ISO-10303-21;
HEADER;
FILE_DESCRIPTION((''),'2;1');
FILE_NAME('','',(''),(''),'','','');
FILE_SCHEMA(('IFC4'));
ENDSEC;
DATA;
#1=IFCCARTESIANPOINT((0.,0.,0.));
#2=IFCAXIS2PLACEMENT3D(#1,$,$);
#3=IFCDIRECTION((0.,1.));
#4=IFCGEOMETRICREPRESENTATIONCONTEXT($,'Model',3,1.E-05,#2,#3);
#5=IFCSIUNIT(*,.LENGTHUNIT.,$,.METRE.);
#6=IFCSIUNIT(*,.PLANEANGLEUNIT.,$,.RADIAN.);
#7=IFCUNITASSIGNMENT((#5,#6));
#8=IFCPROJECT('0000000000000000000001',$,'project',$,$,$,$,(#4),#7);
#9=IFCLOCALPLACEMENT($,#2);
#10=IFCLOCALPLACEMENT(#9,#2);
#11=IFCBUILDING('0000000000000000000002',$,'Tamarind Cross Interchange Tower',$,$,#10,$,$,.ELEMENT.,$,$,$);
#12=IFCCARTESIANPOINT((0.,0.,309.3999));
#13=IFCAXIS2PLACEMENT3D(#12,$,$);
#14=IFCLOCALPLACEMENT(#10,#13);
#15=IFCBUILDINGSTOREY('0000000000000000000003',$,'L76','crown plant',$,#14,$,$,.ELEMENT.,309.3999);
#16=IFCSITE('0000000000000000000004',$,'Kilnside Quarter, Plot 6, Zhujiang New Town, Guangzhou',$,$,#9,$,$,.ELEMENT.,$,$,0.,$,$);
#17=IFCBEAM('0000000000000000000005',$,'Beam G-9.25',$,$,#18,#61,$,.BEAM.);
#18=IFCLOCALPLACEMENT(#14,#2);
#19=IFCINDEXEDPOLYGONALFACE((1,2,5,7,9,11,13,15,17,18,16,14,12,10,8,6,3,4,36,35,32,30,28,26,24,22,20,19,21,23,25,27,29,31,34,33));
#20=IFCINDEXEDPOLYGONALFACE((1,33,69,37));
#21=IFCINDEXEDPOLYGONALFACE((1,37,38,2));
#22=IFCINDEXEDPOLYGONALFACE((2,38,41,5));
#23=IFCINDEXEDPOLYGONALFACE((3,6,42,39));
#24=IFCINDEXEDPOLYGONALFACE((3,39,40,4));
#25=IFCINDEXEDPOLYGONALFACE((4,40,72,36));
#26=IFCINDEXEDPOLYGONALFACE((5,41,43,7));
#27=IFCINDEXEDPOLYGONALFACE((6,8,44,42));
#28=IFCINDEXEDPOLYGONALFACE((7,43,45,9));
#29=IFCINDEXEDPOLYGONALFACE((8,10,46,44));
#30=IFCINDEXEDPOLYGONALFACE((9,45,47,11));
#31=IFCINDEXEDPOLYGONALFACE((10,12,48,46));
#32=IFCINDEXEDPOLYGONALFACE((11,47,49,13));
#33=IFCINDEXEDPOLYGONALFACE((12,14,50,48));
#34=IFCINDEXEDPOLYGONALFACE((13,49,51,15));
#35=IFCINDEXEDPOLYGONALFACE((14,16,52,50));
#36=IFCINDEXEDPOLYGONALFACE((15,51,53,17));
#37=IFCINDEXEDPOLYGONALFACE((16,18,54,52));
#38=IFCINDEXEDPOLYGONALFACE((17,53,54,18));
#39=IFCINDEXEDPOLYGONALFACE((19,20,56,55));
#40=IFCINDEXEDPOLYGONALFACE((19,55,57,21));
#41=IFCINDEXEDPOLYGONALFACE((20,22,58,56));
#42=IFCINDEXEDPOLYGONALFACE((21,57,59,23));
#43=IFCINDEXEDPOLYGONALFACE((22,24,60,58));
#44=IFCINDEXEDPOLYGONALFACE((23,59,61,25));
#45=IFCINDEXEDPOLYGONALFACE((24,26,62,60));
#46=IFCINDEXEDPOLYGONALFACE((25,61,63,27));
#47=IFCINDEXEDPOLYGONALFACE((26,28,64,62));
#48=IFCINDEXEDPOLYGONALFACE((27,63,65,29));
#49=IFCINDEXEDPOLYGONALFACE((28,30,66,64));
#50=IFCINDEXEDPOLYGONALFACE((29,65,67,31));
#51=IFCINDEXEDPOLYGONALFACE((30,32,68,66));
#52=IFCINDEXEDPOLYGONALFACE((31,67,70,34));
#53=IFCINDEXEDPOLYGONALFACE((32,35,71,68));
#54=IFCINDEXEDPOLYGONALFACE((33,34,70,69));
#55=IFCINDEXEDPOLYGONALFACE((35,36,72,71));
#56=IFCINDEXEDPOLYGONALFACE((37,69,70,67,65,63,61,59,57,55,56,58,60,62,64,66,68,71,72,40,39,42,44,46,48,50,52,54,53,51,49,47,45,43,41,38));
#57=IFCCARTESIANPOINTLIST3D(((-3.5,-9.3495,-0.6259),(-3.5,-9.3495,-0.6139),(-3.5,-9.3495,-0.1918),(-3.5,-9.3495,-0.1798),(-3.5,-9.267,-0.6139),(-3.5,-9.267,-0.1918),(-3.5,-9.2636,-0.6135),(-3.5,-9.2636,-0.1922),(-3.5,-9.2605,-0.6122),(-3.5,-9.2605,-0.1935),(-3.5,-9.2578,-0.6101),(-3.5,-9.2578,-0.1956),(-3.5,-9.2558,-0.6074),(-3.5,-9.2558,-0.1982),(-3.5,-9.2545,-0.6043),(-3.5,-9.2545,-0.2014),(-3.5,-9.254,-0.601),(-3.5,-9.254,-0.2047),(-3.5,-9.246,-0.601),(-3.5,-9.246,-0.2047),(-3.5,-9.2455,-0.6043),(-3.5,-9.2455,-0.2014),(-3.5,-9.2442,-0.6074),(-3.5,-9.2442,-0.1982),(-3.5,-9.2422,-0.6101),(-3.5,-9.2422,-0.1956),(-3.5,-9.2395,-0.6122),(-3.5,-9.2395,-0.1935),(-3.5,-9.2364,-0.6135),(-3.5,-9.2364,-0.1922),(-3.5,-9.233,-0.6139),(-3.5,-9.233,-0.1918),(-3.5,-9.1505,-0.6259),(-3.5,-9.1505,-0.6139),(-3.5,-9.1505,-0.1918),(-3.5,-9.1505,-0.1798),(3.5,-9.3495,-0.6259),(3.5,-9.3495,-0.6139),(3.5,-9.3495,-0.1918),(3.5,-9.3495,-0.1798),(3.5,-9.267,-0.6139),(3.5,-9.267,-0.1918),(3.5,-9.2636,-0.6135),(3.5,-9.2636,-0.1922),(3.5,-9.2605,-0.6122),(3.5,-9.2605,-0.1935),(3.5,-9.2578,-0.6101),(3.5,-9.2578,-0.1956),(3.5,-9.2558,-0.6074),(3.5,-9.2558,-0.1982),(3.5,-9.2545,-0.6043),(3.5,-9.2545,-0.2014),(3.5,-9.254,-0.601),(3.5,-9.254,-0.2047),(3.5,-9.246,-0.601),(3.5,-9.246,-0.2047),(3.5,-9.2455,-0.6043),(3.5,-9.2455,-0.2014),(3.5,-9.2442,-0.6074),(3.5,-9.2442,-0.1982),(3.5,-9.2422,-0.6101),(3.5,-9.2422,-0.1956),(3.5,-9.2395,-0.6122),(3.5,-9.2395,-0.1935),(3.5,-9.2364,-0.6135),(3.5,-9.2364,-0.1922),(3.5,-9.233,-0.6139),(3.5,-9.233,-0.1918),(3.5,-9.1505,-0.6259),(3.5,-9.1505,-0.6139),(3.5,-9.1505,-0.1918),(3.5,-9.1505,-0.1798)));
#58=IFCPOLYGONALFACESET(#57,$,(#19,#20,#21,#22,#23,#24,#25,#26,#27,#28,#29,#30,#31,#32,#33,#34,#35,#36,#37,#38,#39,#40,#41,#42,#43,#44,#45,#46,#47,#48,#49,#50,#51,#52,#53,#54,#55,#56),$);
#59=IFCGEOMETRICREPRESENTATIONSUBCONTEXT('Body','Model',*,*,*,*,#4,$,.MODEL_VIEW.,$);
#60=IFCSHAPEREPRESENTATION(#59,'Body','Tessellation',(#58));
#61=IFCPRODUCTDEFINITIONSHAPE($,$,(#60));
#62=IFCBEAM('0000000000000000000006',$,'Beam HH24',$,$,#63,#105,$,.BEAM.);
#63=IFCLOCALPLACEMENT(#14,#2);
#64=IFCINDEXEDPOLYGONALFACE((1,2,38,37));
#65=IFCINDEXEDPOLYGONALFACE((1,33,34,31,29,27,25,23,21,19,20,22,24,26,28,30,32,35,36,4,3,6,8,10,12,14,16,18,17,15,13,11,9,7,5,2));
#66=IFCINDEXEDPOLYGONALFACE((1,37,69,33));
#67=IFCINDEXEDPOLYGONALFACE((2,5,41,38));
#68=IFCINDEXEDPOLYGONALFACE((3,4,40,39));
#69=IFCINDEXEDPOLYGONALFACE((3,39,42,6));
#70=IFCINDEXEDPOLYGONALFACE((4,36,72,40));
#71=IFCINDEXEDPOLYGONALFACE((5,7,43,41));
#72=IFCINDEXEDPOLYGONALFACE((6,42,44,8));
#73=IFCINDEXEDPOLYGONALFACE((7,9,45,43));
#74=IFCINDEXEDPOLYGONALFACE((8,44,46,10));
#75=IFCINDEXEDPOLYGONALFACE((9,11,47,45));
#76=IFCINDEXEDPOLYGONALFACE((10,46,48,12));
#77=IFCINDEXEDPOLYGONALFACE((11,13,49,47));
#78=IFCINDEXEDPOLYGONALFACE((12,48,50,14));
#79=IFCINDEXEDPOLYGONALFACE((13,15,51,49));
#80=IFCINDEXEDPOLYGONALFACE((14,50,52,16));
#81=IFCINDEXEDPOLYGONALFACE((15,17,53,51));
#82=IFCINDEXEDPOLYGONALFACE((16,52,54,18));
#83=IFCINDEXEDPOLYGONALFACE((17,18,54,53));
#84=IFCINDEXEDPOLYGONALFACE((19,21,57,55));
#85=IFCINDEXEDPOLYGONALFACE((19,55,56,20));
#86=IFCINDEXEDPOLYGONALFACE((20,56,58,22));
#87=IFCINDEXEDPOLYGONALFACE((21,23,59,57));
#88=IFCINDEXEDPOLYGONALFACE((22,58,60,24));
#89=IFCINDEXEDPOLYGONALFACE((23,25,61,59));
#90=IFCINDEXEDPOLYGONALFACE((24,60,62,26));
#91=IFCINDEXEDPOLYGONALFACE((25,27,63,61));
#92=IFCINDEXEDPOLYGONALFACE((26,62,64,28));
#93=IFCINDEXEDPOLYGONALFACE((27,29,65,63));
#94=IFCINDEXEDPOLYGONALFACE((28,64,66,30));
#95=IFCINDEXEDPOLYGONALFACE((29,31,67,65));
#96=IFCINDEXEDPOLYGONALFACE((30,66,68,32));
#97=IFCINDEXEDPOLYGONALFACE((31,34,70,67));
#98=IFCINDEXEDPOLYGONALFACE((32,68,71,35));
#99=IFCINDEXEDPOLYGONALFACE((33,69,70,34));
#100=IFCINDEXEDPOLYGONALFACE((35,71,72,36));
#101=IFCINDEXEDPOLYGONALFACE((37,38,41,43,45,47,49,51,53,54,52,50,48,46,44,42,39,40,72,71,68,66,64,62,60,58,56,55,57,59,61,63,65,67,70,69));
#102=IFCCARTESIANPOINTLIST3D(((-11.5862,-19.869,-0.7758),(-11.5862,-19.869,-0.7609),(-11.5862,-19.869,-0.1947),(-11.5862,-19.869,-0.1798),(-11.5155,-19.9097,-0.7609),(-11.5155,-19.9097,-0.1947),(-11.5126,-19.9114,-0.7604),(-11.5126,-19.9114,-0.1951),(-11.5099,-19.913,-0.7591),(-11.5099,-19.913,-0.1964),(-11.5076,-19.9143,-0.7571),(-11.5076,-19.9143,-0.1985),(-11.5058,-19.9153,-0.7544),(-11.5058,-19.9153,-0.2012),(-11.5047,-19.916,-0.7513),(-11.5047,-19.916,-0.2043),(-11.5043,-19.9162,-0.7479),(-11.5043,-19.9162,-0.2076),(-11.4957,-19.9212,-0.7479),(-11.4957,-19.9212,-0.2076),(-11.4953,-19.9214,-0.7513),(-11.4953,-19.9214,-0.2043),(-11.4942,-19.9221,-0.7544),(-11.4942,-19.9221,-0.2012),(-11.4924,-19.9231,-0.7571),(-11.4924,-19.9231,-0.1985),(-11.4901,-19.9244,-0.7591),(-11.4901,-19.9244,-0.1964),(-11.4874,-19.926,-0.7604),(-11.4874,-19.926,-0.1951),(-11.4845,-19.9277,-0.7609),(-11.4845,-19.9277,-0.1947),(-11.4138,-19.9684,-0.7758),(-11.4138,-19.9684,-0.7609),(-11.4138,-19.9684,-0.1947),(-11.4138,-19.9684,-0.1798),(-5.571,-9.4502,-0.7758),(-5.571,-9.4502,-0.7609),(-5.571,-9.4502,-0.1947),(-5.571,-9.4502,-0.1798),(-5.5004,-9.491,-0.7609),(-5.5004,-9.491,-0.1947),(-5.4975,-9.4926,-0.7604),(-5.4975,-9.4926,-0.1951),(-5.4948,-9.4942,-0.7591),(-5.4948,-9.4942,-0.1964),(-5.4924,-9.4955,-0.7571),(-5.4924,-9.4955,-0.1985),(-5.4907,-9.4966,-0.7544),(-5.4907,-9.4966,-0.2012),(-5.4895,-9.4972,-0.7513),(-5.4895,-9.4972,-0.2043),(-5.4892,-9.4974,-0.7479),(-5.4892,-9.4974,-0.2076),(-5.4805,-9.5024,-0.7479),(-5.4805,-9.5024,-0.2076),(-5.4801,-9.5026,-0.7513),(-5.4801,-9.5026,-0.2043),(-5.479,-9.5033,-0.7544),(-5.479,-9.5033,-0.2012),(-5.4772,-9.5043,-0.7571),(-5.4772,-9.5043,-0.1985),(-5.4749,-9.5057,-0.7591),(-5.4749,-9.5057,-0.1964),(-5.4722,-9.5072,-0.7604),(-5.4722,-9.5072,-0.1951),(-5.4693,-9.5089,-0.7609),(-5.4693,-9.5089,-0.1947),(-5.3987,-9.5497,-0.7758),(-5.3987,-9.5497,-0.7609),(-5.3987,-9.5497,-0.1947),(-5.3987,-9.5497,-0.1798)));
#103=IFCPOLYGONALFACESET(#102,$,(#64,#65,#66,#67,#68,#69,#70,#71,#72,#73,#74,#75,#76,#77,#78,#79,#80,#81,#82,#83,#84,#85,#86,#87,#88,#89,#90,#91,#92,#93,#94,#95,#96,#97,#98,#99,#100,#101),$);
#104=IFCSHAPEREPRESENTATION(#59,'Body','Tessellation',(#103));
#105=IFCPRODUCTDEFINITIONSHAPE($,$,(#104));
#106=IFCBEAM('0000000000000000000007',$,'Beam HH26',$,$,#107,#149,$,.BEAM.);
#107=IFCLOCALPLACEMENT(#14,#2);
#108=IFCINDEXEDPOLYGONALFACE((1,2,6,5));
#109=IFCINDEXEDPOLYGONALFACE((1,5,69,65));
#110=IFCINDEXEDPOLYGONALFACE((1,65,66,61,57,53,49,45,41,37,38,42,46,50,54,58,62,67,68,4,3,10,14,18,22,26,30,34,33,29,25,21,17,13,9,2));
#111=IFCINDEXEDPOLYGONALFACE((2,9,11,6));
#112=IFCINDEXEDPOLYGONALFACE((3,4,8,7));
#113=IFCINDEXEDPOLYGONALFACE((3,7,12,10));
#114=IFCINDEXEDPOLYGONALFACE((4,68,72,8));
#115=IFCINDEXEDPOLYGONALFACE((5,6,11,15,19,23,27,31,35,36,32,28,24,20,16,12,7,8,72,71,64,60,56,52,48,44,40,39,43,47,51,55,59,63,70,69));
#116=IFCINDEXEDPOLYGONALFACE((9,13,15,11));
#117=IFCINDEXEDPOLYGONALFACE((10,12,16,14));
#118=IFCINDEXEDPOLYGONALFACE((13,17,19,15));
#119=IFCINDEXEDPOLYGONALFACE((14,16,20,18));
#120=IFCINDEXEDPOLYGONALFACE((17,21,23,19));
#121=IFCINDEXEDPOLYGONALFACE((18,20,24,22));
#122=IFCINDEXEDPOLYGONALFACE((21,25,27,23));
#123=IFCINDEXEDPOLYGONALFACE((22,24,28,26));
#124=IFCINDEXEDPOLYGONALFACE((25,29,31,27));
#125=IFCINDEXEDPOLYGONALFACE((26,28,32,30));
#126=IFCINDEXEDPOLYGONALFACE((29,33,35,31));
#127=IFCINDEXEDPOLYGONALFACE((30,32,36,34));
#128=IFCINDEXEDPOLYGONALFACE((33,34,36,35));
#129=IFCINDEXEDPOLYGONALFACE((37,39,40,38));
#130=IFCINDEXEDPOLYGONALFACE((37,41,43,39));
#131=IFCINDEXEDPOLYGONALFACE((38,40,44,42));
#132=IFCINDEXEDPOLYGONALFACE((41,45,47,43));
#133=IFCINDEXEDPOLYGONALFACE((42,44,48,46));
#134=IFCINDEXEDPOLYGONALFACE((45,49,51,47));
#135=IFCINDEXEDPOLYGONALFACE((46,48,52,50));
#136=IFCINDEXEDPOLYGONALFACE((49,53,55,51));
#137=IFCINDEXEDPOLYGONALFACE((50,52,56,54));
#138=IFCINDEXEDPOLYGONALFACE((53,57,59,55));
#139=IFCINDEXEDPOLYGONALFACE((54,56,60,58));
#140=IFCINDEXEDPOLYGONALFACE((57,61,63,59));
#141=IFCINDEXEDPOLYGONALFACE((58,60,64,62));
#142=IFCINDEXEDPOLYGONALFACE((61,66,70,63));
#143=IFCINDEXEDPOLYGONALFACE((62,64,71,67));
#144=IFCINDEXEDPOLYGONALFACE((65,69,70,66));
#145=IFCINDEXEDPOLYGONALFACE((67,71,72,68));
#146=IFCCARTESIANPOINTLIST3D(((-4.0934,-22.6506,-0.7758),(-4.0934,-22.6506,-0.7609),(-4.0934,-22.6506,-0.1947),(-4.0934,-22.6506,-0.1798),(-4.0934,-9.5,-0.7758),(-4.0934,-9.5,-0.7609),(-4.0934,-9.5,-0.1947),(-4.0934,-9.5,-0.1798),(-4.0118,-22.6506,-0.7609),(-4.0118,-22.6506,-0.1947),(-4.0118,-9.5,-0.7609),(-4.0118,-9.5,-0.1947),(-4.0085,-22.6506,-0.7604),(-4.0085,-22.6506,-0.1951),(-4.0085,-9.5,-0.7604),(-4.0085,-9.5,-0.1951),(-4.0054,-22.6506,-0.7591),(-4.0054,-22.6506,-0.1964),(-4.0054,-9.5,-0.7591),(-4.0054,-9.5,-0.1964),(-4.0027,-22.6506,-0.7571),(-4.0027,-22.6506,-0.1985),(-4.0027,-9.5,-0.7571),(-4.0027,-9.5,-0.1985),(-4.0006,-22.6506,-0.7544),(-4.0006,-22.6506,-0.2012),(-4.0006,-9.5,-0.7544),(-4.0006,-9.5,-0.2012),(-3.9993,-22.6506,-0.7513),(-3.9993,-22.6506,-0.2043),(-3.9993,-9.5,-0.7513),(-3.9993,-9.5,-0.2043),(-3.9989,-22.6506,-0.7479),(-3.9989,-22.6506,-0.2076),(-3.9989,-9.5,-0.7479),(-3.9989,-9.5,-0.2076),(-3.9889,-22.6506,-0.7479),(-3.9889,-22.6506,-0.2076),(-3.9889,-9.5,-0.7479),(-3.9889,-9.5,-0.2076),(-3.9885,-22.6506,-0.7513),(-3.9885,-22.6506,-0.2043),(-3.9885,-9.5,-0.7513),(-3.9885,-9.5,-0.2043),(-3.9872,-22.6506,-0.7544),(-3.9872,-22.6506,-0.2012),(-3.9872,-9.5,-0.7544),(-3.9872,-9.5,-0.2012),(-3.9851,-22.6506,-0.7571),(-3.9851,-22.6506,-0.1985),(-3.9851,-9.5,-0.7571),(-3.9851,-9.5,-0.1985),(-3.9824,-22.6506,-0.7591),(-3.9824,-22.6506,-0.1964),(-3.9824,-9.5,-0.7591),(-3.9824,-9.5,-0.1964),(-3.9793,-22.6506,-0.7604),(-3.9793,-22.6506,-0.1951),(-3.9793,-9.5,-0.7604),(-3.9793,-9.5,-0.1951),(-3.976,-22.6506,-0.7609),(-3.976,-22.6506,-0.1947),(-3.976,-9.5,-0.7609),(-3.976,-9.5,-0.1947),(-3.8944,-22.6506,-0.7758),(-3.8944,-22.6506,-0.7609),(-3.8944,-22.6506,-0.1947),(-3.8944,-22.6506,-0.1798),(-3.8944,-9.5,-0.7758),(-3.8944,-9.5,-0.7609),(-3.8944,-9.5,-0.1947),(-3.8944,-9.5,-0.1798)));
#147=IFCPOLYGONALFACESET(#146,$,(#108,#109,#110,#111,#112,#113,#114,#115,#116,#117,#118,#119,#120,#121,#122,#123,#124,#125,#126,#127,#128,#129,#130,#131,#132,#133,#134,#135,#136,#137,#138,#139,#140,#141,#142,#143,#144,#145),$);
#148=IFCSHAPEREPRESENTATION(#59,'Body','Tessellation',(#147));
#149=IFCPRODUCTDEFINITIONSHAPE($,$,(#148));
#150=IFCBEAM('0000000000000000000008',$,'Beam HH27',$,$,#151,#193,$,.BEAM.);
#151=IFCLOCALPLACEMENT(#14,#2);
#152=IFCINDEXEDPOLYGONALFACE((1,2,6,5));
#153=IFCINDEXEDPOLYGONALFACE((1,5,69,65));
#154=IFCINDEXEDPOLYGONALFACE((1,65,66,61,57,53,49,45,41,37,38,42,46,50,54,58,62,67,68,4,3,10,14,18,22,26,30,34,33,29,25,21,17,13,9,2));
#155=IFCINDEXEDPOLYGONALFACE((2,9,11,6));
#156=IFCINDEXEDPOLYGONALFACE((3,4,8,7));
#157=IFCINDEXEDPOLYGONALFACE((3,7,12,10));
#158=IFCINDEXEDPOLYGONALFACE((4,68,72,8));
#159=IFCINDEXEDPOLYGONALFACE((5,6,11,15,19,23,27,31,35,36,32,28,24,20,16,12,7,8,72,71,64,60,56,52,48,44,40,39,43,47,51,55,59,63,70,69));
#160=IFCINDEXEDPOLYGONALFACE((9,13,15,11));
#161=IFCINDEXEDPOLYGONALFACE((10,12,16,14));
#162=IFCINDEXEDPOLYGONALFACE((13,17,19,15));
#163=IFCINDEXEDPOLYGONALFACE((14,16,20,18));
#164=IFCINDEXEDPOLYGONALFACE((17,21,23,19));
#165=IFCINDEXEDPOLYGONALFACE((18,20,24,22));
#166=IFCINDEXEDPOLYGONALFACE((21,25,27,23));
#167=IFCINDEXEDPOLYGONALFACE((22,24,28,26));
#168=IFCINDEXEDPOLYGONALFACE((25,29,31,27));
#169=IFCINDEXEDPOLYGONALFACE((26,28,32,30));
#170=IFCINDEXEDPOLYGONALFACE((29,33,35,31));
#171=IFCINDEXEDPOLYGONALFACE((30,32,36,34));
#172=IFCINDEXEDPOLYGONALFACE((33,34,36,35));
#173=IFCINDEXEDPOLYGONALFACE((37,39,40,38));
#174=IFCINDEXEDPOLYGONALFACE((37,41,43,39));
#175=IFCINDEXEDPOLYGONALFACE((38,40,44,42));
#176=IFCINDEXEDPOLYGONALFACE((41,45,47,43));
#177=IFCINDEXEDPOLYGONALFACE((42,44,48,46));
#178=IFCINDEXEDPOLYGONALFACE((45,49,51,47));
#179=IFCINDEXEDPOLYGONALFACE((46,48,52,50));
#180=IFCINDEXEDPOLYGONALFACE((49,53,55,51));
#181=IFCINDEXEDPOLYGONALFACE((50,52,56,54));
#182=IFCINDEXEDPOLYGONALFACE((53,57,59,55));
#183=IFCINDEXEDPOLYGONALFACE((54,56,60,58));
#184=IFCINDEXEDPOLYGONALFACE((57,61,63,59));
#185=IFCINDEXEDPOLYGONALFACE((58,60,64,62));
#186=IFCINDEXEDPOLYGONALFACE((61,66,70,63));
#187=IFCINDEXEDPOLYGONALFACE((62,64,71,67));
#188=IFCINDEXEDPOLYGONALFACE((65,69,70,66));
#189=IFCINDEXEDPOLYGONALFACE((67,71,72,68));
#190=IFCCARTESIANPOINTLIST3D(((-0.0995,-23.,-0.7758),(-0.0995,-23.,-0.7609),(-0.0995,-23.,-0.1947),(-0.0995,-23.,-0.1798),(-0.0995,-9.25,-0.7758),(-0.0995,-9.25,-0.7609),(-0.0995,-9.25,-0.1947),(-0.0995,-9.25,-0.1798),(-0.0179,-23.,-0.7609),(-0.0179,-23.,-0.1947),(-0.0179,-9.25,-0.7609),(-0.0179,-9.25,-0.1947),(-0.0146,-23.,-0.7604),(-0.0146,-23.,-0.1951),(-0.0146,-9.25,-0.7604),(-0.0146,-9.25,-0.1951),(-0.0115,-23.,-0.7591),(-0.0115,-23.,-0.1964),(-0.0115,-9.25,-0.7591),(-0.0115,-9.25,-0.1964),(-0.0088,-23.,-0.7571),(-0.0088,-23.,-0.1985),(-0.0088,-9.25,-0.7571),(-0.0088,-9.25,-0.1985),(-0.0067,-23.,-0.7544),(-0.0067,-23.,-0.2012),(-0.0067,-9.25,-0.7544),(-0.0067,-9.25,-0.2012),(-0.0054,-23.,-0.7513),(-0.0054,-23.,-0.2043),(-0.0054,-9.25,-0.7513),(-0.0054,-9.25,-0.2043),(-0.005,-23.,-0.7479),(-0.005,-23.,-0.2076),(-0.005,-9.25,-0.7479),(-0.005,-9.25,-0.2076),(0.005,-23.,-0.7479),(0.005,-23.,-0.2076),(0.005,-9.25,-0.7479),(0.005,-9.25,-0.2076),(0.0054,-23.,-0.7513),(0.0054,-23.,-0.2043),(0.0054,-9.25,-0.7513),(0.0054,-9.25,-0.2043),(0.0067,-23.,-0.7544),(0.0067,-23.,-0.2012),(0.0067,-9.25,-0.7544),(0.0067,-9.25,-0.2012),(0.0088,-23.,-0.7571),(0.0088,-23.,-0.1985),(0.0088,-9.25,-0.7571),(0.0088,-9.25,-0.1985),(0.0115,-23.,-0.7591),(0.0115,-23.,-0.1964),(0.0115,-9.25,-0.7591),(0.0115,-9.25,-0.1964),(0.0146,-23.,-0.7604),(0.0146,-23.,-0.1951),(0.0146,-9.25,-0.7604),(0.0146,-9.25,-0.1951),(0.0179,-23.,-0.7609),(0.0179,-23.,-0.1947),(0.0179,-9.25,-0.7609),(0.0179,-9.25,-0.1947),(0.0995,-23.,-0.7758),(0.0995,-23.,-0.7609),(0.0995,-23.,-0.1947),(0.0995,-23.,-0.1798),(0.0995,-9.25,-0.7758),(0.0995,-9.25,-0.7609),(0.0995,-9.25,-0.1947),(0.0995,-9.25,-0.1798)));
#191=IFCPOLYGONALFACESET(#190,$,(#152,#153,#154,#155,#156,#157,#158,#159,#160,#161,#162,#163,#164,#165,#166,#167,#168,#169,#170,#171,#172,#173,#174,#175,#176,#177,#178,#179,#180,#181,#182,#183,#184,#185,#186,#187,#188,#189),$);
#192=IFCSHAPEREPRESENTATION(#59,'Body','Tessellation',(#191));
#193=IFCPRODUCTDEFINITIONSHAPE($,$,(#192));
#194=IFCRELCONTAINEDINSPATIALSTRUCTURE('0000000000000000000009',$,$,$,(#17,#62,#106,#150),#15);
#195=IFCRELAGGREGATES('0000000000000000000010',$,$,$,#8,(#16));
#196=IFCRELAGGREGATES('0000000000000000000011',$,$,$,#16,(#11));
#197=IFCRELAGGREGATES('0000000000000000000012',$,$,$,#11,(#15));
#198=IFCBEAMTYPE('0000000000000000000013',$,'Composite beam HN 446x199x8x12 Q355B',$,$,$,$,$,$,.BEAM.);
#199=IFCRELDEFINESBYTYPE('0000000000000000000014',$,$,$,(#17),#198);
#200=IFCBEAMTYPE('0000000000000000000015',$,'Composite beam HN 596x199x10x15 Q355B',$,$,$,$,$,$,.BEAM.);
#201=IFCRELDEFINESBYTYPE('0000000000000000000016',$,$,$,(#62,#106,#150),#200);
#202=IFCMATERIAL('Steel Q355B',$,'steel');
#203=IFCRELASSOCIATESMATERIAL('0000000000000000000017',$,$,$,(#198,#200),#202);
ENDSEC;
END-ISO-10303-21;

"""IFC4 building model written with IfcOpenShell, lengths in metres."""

from ifc_helpers import new_model, si_unit, direction, frame, origin, origin_2d, place, context, subcontext, project, spatial, i_section, extrude, material, material_profile, profile_set, type_object, element, save


model = new_model("IFC4")

# Units and contexts
model_context = context("Model", 3, precision=1e-05, world=origin(), true_north=direction((0.0, 1.0)))
body_context = subcontext(model_context, "Body", "Model", "MODEL_VIEW")
ifc_project = project(units=[si_unit("LENGTHUNIT", "METRE"), si_unit("PLANEANGLEUNIT", "RADIAN")], contexts=[model_context])

# Site, building, storey
site_placement = place(None, origin())
site = spatial("IfcSite", under=ifc_project, at=site_placement, Name="Kilnside Quarter, Plot 6, Zhujiang New Town, Guangzhou", CompositionType="ELEMENT", RefElevation=0.0)
building_placement = place(site_placement, origin())
building = spatial("IfcBuilding", under=site, at=building_placement, Name="Tamarind Cross Interchange Tower", CompositionType="ELEMENT")
storey_placement = place(building_placement, frame((0.0, 0.0, 309.3999)))
storey = spatial("IfcBuildingStorey", under=building, at=storey_placement, Name="L76", Description="crown plant", CompositionType="ELEMENT", Elevation=309.3999)

# Beams
ifc_material_1 = material(Name="Steel Q355B", Category="steel")
ifc_material_profile_1 = material_profile(ifc_material_1, i_section(OverallWidth=0.199, OverallDepth=0.446, WebThickness=0.0081, FlangeThickness=0.012, FilletRadius=0.0129, at=origin_2d()), Name="HN 446x199x8x12")
ifc_profile_set_1 = profile_set([ifc_material_profile_1], Name="Steel Q355B")
beam_type_1 = type_object("IfcBeamType", Name="Composite beam HN 446x199x8x12 Q355B", PredefinedType="BEAM", material=ifc_profile_set_1)
beam_1_placement = place(storey_placement, frame((-3.5, -9.25, -0.4028), z_axis=(1.0, 0.0, 0.0), x_axis=(0.0, 1.0, 0.0)))
element("IfcBeam", 1, at=beam_1_placement, inside=storey, type_object=beam_type_1, Name="Beam G-9.25", PredefinedType="BEAM", context=body_context, shape_type="SweptSolid", body=[
    extrude(i_section(OverallWidth=0.199, OverallDepth=0.446, WebThickness=0.0081, FlangeThickness=0.012, FilletRadius=0.0129, at=origin_2d()), origin(), (0.0, 0.0, 1.0), 7.0),
])
ifc_material_profile_2 = material_profile(ifc_material_1, i_section(OverallWidth=0.199, OverallDepth=0.5959, WebThickness=0.01, FlangeThickness=0.0149, FilletRadius=0.0129, at=origin_2d()), Name="HN 596x199x10x15")
ifc_profile_set_2 = profile_set([ifc_material_profile_2], Name="Steel Q355B")
beam_type_2 = type_object("IfcBeamType", Name="Composite beam HN 596x199x10x15 Q355B", PredefinedType="BEAM", material=ifc_profile_set_2)
beam_2_placement = place(storey_placement, frame((-11.5, -19.9187, -0.4778), z_axis=(0.499994, 0.866029, 0.0), x_axis=(-0.866029, 0.499994, 0.0)))
element("IfcBeam", 2, at=beam_2_placement, inside=storey, type_object=beam_type_2, Name="Beam HH24", PredefinedType="BEAM", context=body_context, shape_type="SweptSolid", body=[
    extrude(i_section(OverallWidth=0.199, OverallDepth=0.5959, WebThickness=0.01, FlangeThickness=0.0149, FilletRadius=0.0129, at=origin_2d()), origin(), (0.0, 0.0, 1.0), 12.0305),
])
beam_3_placement = place(storey_placement, frame((-3.9939, -22.6506, -0.4778), z_axis=(0.0, 1.0, 0.0), x_axis=(-1.0, 0.0, 0.0)))
element("IfcBeam", 3, at=beam_3_placement, inside=storey, type_object=beam_type_2, Name="Beam HH26", PredefinedType="BEAM", context=body_context, shape_type="SweptSolid", body=[
    extrude(i_section(OverallWidth=0.199, OverallDepth=0.5959, WebThickness=0.01, FlangeThickness=0.0149, FilletRadius=0.0129, at=origin_2d()), origin(), (0.0, 0.0, 1.0), 13.1506),
])
beam_4_placement = place(storey_placement, frame((0.0, -23.0, -0.4778), z_axis=(0.0, 1.0, 0.0), x_axis=(-1.0, 0.0, 0.0)))
element("IfcBeam", 4, at=beam_4_placement, inside=storey, type_object=beam_type_2, Name="Beam HH27", PredefinedType="BEAM", context=body_context, shape_type="SweptSolid", body=[
    extrude(i_section(OverallWidth=0.199, OverallDepth=0.5959, WebThickness=0.01, FlangeThickness=0.0149, FilletRadius=0.0129, at=origin_2d()), origin(), (0.0, 0.0, 1.0), 13.75),
])

save(model, "model.ifc")
